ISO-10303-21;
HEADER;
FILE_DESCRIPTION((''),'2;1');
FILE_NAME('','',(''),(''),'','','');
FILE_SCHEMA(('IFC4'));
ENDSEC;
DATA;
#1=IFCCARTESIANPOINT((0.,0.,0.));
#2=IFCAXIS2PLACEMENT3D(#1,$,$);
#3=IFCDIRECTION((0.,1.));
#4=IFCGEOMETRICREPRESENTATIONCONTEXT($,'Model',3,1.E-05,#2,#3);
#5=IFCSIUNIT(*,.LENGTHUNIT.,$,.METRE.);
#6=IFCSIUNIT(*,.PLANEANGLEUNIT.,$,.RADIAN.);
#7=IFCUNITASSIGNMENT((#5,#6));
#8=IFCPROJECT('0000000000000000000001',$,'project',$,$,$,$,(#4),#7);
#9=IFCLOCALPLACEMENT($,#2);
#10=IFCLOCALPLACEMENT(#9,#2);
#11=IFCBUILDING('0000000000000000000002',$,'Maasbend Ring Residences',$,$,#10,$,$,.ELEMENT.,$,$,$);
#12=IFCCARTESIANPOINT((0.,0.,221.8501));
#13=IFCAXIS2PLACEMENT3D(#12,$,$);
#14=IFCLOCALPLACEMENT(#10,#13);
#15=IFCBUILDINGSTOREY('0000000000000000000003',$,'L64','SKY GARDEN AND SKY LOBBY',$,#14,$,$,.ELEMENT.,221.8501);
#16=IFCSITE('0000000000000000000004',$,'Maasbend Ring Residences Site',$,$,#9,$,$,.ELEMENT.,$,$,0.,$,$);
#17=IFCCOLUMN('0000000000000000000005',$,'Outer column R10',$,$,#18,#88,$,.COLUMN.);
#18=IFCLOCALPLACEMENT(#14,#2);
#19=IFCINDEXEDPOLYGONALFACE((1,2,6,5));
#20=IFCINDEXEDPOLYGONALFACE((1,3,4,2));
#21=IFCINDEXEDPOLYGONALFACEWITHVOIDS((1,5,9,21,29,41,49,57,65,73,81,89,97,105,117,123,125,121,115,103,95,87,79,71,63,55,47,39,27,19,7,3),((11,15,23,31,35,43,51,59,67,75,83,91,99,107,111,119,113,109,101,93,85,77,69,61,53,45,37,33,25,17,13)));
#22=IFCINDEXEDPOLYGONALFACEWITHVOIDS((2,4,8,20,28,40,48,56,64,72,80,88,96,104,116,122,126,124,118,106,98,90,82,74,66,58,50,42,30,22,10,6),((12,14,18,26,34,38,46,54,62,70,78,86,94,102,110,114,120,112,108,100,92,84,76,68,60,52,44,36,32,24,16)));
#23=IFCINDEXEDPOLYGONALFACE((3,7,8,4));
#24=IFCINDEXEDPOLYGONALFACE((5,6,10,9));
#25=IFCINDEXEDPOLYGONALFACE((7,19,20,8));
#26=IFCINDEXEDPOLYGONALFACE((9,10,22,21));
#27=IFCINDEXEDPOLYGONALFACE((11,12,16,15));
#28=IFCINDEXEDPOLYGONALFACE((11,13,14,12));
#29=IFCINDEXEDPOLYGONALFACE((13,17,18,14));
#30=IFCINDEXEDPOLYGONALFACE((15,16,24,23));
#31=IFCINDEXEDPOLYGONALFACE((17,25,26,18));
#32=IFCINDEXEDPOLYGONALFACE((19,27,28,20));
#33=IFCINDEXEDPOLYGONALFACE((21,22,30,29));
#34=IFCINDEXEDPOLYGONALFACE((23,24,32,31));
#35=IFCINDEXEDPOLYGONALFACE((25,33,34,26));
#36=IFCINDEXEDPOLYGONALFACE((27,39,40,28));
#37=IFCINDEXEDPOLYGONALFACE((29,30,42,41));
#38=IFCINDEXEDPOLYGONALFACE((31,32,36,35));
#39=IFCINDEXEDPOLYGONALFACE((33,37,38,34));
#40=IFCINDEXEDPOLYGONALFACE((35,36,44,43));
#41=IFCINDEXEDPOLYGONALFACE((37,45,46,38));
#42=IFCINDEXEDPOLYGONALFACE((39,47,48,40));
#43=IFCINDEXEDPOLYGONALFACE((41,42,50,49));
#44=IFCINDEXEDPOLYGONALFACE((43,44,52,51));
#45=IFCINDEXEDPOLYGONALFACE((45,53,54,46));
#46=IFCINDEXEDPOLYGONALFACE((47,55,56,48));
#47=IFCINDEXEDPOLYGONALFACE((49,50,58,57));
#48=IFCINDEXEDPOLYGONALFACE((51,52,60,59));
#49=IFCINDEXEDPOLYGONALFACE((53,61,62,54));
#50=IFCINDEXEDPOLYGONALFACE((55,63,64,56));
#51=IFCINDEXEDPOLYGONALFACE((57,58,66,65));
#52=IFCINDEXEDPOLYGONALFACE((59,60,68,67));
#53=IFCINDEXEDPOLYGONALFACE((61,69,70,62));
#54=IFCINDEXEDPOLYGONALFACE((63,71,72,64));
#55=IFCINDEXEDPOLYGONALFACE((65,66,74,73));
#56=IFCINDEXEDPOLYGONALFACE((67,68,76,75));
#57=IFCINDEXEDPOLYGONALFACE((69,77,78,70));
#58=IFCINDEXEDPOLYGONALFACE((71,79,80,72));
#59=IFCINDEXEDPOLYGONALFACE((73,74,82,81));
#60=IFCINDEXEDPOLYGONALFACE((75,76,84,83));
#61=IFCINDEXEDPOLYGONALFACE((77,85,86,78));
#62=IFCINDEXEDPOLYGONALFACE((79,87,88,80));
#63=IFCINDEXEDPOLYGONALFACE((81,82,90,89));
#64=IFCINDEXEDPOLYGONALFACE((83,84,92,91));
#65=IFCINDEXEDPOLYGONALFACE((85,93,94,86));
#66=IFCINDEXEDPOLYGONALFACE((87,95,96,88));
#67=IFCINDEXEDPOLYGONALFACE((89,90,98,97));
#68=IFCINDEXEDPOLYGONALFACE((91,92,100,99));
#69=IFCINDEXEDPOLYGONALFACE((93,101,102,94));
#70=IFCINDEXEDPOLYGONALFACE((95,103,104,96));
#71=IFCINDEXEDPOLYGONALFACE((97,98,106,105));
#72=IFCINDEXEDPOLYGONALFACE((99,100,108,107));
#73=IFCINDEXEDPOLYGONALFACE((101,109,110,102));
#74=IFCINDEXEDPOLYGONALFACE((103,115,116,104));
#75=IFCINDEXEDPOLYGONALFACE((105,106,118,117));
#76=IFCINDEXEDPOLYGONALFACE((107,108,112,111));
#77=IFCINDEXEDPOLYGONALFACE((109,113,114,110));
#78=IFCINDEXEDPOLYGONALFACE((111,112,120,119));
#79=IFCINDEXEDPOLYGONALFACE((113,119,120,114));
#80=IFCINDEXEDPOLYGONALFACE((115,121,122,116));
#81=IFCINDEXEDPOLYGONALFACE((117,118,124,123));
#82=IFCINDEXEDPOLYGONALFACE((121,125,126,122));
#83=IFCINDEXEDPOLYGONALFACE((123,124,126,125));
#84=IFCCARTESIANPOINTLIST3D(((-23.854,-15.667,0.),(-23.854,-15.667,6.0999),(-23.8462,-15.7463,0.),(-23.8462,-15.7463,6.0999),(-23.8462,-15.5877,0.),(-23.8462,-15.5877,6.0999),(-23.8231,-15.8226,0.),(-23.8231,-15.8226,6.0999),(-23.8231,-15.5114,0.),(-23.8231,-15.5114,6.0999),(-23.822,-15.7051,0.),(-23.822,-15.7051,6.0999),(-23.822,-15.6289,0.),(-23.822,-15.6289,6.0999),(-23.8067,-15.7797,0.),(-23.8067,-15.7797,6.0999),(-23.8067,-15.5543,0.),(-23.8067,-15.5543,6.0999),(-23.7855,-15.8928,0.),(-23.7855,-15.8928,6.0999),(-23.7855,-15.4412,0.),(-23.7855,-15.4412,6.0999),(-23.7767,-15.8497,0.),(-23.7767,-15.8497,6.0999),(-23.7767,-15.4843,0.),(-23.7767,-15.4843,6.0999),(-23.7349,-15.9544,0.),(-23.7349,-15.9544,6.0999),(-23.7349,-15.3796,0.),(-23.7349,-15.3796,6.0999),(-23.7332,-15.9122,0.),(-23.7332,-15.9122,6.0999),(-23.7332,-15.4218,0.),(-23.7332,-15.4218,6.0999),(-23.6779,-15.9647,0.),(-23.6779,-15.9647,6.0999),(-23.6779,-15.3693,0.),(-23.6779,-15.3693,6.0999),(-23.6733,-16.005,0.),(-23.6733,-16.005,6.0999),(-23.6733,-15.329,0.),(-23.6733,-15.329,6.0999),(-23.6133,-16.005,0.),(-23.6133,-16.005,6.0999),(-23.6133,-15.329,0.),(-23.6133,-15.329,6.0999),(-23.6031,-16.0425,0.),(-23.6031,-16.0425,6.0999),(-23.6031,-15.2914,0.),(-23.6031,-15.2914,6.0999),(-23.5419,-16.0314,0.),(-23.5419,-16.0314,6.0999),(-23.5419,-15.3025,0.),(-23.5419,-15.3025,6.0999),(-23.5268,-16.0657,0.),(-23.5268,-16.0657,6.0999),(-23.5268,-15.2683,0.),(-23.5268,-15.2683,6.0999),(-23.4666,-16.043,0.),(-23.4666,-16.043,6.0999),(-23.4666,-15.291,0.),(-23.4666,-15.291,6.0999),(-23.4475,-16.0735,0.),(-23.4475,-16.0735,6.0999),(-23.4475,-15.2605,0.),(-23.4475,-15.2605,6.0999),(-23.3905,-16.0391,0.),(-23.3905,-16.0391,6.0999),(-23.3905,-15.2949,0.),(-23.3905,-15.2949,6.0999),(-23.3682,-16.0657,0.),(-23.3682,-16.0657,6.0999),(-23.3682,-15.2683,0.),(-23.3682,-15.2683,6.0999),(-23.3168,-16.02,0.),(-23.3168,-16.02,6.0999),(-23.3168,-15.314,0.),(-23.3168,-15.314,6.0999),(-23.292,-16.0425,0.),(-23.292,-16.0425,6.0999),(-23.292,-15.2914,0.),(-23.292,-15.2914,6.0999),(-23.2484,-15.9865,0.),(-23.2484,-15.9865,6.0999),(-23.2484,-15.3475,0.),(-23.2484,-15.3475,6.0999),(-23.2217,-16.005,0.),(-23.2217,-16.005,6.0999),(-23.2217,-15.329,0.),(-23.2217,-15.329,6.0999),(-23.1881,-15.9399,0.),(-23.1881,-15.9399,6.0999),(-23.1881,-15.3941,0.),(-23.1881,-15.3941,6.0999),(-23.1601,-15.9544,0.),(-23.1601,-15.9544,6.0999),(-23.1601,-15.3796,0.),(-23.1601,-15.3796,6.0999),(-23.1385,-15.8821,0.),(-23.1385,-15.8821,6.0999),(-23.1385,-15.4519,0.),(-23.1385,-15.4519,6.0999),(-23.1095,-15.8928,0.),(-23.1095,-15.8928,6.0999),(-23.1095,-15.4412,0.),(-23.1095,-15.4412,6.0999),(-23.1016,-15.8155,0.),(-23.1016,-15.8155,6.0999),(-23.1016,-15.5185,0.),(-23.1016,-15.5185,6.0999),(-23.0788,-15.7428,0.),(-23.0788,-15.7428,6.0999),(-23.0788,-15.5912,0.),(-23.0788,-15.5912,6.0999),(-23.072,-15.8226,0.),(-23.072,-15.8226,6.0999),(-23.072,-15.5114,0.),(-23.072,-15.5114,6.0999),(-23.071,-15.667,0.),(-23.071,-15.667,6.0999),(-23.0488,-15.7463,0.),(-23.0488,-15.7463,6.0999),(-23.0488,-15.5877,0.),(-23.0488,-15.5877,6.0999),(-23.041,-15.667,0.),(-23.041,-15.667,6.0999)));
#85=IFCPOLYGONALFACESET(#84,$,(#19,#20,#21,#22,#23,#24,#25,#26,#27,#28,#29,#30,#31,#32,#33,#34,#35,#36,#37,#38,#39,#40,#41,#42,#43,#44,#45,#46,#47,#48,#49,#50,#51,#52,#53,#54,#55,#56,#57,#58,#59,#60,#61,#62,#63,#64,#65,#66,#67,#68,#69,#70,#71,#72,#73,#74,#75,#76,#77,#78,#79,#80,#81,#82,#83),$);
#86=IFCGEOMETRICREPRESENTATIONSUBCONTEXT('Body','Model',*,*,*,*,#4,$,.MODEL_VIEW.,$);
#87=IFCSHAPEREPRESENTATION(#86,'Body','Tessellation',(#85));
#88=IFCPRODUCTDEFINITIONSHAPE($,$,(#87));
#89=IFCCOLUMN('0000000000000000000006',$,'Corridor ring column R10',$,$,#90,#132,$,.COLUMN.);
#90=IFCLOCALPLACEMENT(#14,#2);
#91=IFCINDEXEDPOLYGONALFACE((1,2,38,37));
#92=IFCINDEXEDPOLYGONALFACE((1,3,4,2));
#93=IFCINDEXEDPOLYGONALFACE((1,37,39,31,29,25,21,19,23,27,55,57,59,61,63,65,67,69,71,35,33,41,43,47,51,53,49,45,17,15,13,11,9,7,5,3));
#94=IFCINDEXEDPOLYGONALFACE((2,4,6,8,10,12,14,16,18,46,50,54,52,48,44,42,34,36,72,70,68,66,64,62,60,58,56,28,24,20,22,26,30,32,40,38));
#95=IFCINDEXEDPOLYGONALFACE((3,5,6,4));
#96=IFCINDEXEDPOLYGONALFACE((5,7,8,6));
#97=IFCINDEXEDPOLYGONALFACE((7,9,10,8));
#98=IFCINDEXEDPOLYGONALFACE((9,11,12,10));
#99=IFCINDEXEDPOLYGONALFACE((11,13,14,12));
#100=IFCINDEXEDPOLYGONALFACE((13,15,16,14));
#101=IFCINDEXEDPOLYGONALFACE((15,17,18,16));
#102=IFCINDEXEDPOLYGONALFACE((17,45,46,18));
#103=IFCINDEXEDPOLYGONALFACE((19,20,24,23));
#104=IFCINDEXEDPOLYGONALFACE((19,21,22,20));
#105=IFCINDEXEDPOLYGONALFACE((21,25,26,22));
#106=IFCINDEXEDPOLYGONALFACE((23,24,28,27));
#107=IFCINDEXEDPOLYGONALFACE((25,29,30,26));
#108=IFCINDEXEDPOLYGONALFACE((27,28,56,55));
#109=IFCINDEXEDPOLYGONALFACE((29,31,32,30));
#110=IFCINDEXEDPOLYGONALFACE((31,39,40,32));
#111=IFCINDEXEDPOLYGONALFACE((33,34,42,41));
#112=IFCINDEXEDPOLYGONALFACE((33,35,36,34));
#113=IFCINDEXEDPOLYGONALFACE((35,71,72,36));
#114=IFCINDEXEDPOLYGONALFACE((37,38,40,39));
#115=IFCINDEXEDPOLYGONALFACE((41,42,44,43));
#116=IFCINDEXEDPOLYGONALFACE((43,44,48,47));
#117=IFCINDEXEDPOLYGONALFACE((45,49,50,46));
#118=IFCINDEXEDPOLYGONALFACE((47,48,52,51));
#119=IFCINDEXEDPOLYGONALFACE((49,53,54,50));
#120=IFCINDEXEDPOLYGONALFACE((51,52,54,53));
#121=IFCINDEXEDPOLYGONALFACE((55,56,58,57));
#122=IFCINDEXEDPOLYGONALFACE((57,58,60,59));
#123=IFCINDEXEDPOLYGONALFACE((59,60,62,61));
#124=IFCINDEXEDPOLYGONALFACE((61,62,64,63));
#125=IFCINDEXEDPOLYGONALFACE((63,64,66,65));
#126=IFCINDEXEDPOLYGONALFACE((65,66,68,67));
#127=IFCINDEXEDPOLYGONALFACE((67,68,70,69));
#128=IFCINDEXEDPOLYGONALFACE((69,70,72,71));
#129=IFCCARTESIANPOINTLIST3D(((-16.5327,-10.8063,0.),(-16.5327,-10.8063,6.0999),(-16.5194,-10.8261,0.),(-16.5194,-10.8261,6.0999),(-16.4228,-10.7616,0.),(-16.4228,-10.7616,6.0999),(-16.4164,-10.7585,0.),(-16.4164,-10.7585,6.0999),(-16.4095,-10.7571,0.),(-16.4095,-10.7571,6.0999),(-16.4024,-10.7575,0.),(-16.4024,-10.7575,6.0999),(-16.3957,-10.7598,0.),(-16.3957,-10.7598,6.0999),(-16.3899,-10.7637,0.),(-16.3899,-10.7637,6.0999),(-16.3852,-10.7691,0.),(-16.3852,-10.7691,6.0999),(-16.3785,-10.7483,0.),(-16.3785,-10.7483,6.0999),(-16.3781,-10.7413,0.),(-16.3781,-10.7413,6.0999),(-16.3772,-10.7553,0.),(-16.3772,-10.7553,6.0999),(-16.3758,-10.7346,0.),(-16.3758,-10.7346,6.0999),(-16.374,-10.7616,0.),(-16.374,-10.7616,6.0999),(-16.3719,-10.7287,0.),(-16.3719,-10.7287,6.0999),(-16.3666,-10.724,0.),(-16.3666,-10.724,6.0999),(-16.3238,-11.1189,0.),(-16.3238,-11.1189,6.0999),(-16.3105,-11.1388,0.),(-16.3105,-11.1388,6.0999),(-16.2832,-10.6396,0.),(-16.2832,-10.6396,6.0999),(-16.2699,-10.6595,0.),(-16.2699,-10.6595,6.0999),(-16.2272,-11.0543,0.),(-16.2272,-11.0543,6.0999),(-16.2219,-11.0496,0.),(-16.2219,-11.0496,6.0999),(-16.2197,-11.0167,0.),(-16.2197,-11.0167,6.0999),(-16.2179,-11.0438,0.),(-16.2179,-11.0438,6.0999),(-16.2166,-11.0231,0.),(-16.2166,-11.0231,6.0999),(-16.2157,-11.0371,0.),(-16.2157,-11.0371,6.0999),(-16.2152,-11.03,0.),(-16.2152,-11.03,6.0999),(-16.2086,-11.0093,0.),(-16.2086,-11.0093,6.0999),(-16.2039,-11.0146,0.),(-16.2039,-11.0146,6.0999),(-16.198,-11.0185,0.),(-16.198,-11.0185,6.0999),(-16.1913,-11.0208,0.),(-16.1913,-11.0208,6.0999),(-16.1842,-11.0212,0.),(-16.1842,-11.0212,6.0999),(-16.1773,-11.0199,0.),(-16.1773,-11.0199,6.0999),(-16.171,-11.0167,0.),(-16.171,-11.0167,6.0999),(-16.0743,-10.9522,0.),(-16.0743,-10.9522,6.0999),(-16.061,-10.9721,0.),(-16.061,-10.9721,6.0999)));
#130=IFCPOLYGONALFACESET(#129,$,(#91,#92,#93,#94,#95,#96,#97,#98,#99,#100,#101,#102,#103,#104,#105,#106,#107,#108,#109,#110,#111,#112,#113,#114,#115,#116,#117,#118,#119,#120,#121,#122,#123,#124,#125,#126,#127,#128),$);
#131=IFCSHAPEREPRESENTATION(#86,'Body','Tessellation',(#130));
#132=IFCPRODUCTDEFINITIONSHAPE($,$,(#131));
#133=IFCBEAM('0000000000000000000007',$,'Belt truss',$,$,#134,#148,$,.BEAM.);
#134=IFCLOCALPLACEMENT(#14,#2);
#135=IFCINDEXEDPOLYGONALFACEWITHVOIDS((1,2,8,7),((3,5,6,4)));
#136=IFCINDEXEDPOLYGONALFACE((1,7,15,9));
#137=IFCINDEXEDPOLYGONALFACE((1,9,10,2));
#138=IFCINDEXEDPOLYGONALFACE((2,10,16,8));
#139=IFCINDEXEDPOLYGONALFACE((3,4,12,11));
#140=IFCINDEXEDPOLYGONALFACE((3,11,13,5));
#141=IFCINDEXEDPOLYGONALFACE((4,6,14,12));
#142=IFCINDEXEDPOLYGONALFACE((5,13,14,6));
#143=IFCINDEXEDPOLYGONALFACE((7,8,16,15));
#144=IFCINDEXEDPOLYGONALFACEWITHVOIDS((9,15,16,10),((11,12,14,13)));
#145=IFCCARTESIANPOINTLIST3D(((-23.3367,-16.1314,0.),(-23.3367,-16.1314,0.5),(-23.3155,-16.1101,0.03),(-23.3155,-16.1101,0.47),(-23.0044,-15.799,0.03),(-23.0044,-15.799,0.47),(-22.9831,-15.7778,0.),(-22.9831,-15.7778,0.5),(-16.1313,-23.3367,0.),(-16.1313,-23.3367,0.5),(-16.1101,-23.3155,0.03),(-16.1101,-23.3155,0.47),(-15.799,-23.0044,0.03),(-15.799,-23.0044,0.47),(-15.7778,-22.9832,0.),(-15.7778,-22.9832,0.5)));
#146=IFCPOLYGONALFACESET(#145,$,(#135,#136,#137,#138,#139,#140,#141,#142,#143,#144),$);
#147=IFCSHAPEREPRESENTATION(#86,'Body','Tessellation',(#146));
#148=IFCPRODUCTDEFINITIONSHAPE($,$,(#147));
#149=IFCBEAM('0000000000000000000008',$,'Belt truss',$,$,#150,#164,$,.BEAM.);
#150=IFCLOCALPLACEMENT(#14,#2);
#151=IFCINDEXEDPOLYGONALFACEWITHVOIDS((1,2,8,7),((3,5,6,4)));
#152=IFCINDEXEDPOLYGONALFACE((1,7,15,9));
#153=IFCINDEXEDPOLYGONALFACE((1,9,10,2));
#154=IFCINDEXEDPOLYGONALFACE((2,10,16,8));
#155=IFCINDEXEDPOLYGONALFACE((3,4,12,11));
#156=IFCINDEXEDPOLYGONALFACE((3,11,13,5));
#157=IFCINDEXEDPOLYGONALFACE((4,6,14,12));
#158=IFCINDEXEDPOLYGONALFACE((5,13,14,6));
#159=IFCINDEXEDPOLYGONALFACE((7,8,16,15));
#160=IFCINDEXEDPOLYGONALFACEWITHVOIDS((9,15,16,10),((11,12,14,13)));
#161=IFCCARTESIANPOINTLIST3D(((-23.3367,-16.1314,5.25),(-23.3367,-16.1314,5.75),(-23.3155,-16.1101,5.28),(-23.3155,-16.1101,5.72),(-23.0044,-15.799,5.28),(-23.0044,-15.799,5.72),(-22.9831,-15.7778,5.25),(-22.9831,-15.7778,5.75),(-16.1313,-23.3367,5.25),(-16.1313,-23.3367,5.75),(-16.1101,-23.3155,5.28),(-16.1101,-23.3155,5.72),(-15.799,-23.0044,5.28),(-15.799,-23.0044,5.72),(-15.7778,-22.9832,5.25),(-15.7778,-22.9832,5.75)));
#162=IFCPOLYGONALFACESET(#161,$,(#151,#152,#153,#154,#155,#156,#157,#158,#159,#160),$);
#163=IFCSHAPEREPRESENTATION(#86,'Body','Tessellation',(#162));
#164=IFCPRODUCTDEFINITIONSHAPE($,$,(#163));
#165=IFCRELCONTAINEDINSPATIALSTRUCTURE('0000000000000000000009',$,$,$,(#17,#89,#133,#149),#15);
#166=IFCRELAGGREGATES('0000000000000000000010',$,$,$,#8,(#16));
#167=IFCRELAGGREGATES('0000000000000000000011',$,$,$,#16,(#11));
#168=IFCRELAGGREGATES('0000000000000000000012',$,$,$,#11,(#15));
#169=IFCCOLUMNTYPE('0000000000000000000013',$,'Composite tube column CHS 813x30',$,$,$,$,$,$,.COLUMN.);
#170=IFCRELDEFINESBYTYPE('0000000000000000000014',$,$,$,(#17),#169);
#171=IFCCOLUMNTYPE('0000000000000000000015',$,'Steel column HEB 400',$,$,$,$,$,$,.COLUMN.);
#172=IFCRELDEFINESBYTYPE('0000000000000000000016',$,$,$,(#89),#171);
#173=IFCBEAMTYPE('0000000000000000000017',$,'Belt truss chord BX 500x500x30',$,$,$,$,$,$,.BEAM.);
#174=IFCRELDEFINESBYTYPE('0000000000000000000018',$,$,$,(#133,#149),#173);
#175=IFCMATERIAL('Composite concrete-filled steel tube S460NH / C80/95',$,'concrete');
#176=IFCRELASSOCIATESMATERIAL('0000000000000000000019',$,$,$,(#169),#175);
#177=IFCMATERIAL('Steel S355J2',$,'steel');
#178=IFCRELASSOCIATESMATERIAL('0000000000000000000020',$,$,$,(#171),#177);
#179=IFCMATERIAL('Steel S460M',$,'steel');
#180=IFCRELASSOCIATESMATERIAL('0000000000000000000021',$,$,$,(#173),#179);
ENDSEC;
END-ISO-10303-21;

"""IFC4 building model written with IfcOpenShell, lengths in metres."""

from ifc_helpers import new_model, si_unit, direction, frame, origin, origin_2d, place, context, subcontext, project, spatial, hollow_rectangle, hollow_circle, i_section, extrude, material, material_profile, profile_set, type_object, element, save


model = new_model("IFC4")

# Units and contexts
model_context = context("Model", 3, precision=1e-05, world=origin(), true_north=direction((0.0, 1.0)))
body_context = subcontext(model_context, "Body", "Model", "MODEL_VIEW")
ifc_project = project(units=[si_unit("LENGTHUNIT", "METRE"), si_unit("PLANEANGLEUNIT", "RADIAN")], contexts=[model_context])

# Site, building, storey
site_placement = place(None, origin())
site = spatial("IfcSite", under=ifc_project, at=site_placement, Name="Maasbend Ring Residences Site", CompositionType="ELEMENT", RefElevation=0.0)
building_placement = place(site_placement, origin())
building = spatial("IfcBuilding", under=site, at=building_placement, Name="Maasbend Ring Residences", CompositionType="ELEMENT")
storey_placement = place(building_placement, frame((0.0, 0.0, 221.8501)))
storey = spatial("IfcBuildingStorey", under=building, at=storey_placement, Name="L64", Description="SKY GARDEN AND SKY LOBBY", CompositionType="ELEMENT", Elevation=221.8501)

# Columns
ifc_material_1 = material(Name="Composite concrete-filled steel tube S460NH / C80/95", Category="concrete")
ifc_material_profile_1 = material_profile(ifc_material_1, hollow_circle(Radius=0.4065, WallThickness=0.03, at=origin_2d()), Name="Composite tube column CHS 813x30")
ifc_profile_set_1 = profile_set([ifc_material_profile_1], Name="Composite concrete-filled steel tube S460NH / C80/95")
column_type_1 = type_object("IfcColumnType", Name="Composite tube column CHS 813x30", PredefinedType="COLUMN", material=ifc_profile_set_1)
column_1_placement = place(storey_placement, frame((-23.4475, -15.667, 0.0), z_axis=(0.0, 0.0, 1.0), x_axis=(1.0, 0.0, 0.0)))
element("IfcColumn", 1, at=column_1_placement, inside=storey, type_object=column_type_1, Name="Outer column R10", PredefinedType="COLUMN", context=body_context, shape_type="SweptSolid", body=[
    extrude(hollow_circle(Radius=0.4065, WallThickness=0.03, at=origin_2d()), origin(), (0.0, 0.0, 1.0), 6.0999),
])
ifc_material_2 = material(Name="Steel S355J2", Category="steel")
ifc_material_profile_2 = material_profile(ifc_material_2, i_section(OverallWidth=0.3, OverallDepth=0.3999, WebThickness=0.0134, FlangeThickness=0.0239, FilletRadius=0.0271, at=origin_2d()), Name="HEB 400")
ifc_profile_set_2 = profile_set([ifc_material_profile_2], Name="Steel S355J2")
column_type_2 = type_object("IfcColumnType", Name="Steel column HEB 400", PredefinedType="COLUMN", material=ifc_profile_set_2)
column_2_placement = place(storey_placement, frame((-16.2969, -10.8892, 0.0), z_axis=(0.0, 0.0, 1.0), x_axis=(-0.83147, -0.55557, 0.0)))
element("IfcColumn", 2, at=column_2_placement, inside=storey, type_object=column_type_2, Name="Corridor ring column R10", PredefinedType="COLUMN", context=body_context, shape_type="SweptSolid", body=[
    extrude(i_section(OverallWidth=0.3, OverallDepth=0.3999, WebThickness=0.0134, FlangeThickness=0.0239, FilletRadius=0.0271, at=origin_2d()), origin(), (0.0, 0.0, 1.0), 6.0999),
])

# Beams
ifc_material_3 = material(Name="Steel S460M", Category="steel")
ifc_material_profile_3 = material_profile(ifc_material_3, hollow_rectangle(XDim=0.5, YDim=0.5, WallThickness=0.03, at=origin_2d()), Name="Belt truss chord BX 500x500x30")
ifc_profile_set_3 = profile_set([ifc_material_profile_3], Name="Steel S460M")
beam_type_1 = type_object("IfcBeamType", Name="Belt truss chord BX 500x500x30", PredefinedType="BEAM", material=ifc_profile_set_3)
for number, where, z_axis, x_axis, name in (
    (3, (-23.1599, -15.9546, 0.25), (0.707107, -0.707107, 0.0), (0.707107, 0.707107, 0.0), "Belt truss"),
    (4, (-23.1599, -15.9546, 5.5), (0.707107, -0.707107, 0.0), (0.707107, 0.707107, 0.0), "Belt truss"),
):
    element("IfcBeam", number, at=place(storey_placement, frame(where, z_axis=z_axis, x_axis=x_axis)), inside=storey, type_object=beam_type_1, Name=name, PredefinedType="BEAM", context=body_context, shape_type="SweptSolid", body=[
        extrude(hollow_rectangle(XDim=0.5, YDim=0.5, WallThickness=0.03, at=origin_2d()), origin(), (0.0, 0.0, 1.0), 10.1899),
    ])

save(model, "model.ifc")
